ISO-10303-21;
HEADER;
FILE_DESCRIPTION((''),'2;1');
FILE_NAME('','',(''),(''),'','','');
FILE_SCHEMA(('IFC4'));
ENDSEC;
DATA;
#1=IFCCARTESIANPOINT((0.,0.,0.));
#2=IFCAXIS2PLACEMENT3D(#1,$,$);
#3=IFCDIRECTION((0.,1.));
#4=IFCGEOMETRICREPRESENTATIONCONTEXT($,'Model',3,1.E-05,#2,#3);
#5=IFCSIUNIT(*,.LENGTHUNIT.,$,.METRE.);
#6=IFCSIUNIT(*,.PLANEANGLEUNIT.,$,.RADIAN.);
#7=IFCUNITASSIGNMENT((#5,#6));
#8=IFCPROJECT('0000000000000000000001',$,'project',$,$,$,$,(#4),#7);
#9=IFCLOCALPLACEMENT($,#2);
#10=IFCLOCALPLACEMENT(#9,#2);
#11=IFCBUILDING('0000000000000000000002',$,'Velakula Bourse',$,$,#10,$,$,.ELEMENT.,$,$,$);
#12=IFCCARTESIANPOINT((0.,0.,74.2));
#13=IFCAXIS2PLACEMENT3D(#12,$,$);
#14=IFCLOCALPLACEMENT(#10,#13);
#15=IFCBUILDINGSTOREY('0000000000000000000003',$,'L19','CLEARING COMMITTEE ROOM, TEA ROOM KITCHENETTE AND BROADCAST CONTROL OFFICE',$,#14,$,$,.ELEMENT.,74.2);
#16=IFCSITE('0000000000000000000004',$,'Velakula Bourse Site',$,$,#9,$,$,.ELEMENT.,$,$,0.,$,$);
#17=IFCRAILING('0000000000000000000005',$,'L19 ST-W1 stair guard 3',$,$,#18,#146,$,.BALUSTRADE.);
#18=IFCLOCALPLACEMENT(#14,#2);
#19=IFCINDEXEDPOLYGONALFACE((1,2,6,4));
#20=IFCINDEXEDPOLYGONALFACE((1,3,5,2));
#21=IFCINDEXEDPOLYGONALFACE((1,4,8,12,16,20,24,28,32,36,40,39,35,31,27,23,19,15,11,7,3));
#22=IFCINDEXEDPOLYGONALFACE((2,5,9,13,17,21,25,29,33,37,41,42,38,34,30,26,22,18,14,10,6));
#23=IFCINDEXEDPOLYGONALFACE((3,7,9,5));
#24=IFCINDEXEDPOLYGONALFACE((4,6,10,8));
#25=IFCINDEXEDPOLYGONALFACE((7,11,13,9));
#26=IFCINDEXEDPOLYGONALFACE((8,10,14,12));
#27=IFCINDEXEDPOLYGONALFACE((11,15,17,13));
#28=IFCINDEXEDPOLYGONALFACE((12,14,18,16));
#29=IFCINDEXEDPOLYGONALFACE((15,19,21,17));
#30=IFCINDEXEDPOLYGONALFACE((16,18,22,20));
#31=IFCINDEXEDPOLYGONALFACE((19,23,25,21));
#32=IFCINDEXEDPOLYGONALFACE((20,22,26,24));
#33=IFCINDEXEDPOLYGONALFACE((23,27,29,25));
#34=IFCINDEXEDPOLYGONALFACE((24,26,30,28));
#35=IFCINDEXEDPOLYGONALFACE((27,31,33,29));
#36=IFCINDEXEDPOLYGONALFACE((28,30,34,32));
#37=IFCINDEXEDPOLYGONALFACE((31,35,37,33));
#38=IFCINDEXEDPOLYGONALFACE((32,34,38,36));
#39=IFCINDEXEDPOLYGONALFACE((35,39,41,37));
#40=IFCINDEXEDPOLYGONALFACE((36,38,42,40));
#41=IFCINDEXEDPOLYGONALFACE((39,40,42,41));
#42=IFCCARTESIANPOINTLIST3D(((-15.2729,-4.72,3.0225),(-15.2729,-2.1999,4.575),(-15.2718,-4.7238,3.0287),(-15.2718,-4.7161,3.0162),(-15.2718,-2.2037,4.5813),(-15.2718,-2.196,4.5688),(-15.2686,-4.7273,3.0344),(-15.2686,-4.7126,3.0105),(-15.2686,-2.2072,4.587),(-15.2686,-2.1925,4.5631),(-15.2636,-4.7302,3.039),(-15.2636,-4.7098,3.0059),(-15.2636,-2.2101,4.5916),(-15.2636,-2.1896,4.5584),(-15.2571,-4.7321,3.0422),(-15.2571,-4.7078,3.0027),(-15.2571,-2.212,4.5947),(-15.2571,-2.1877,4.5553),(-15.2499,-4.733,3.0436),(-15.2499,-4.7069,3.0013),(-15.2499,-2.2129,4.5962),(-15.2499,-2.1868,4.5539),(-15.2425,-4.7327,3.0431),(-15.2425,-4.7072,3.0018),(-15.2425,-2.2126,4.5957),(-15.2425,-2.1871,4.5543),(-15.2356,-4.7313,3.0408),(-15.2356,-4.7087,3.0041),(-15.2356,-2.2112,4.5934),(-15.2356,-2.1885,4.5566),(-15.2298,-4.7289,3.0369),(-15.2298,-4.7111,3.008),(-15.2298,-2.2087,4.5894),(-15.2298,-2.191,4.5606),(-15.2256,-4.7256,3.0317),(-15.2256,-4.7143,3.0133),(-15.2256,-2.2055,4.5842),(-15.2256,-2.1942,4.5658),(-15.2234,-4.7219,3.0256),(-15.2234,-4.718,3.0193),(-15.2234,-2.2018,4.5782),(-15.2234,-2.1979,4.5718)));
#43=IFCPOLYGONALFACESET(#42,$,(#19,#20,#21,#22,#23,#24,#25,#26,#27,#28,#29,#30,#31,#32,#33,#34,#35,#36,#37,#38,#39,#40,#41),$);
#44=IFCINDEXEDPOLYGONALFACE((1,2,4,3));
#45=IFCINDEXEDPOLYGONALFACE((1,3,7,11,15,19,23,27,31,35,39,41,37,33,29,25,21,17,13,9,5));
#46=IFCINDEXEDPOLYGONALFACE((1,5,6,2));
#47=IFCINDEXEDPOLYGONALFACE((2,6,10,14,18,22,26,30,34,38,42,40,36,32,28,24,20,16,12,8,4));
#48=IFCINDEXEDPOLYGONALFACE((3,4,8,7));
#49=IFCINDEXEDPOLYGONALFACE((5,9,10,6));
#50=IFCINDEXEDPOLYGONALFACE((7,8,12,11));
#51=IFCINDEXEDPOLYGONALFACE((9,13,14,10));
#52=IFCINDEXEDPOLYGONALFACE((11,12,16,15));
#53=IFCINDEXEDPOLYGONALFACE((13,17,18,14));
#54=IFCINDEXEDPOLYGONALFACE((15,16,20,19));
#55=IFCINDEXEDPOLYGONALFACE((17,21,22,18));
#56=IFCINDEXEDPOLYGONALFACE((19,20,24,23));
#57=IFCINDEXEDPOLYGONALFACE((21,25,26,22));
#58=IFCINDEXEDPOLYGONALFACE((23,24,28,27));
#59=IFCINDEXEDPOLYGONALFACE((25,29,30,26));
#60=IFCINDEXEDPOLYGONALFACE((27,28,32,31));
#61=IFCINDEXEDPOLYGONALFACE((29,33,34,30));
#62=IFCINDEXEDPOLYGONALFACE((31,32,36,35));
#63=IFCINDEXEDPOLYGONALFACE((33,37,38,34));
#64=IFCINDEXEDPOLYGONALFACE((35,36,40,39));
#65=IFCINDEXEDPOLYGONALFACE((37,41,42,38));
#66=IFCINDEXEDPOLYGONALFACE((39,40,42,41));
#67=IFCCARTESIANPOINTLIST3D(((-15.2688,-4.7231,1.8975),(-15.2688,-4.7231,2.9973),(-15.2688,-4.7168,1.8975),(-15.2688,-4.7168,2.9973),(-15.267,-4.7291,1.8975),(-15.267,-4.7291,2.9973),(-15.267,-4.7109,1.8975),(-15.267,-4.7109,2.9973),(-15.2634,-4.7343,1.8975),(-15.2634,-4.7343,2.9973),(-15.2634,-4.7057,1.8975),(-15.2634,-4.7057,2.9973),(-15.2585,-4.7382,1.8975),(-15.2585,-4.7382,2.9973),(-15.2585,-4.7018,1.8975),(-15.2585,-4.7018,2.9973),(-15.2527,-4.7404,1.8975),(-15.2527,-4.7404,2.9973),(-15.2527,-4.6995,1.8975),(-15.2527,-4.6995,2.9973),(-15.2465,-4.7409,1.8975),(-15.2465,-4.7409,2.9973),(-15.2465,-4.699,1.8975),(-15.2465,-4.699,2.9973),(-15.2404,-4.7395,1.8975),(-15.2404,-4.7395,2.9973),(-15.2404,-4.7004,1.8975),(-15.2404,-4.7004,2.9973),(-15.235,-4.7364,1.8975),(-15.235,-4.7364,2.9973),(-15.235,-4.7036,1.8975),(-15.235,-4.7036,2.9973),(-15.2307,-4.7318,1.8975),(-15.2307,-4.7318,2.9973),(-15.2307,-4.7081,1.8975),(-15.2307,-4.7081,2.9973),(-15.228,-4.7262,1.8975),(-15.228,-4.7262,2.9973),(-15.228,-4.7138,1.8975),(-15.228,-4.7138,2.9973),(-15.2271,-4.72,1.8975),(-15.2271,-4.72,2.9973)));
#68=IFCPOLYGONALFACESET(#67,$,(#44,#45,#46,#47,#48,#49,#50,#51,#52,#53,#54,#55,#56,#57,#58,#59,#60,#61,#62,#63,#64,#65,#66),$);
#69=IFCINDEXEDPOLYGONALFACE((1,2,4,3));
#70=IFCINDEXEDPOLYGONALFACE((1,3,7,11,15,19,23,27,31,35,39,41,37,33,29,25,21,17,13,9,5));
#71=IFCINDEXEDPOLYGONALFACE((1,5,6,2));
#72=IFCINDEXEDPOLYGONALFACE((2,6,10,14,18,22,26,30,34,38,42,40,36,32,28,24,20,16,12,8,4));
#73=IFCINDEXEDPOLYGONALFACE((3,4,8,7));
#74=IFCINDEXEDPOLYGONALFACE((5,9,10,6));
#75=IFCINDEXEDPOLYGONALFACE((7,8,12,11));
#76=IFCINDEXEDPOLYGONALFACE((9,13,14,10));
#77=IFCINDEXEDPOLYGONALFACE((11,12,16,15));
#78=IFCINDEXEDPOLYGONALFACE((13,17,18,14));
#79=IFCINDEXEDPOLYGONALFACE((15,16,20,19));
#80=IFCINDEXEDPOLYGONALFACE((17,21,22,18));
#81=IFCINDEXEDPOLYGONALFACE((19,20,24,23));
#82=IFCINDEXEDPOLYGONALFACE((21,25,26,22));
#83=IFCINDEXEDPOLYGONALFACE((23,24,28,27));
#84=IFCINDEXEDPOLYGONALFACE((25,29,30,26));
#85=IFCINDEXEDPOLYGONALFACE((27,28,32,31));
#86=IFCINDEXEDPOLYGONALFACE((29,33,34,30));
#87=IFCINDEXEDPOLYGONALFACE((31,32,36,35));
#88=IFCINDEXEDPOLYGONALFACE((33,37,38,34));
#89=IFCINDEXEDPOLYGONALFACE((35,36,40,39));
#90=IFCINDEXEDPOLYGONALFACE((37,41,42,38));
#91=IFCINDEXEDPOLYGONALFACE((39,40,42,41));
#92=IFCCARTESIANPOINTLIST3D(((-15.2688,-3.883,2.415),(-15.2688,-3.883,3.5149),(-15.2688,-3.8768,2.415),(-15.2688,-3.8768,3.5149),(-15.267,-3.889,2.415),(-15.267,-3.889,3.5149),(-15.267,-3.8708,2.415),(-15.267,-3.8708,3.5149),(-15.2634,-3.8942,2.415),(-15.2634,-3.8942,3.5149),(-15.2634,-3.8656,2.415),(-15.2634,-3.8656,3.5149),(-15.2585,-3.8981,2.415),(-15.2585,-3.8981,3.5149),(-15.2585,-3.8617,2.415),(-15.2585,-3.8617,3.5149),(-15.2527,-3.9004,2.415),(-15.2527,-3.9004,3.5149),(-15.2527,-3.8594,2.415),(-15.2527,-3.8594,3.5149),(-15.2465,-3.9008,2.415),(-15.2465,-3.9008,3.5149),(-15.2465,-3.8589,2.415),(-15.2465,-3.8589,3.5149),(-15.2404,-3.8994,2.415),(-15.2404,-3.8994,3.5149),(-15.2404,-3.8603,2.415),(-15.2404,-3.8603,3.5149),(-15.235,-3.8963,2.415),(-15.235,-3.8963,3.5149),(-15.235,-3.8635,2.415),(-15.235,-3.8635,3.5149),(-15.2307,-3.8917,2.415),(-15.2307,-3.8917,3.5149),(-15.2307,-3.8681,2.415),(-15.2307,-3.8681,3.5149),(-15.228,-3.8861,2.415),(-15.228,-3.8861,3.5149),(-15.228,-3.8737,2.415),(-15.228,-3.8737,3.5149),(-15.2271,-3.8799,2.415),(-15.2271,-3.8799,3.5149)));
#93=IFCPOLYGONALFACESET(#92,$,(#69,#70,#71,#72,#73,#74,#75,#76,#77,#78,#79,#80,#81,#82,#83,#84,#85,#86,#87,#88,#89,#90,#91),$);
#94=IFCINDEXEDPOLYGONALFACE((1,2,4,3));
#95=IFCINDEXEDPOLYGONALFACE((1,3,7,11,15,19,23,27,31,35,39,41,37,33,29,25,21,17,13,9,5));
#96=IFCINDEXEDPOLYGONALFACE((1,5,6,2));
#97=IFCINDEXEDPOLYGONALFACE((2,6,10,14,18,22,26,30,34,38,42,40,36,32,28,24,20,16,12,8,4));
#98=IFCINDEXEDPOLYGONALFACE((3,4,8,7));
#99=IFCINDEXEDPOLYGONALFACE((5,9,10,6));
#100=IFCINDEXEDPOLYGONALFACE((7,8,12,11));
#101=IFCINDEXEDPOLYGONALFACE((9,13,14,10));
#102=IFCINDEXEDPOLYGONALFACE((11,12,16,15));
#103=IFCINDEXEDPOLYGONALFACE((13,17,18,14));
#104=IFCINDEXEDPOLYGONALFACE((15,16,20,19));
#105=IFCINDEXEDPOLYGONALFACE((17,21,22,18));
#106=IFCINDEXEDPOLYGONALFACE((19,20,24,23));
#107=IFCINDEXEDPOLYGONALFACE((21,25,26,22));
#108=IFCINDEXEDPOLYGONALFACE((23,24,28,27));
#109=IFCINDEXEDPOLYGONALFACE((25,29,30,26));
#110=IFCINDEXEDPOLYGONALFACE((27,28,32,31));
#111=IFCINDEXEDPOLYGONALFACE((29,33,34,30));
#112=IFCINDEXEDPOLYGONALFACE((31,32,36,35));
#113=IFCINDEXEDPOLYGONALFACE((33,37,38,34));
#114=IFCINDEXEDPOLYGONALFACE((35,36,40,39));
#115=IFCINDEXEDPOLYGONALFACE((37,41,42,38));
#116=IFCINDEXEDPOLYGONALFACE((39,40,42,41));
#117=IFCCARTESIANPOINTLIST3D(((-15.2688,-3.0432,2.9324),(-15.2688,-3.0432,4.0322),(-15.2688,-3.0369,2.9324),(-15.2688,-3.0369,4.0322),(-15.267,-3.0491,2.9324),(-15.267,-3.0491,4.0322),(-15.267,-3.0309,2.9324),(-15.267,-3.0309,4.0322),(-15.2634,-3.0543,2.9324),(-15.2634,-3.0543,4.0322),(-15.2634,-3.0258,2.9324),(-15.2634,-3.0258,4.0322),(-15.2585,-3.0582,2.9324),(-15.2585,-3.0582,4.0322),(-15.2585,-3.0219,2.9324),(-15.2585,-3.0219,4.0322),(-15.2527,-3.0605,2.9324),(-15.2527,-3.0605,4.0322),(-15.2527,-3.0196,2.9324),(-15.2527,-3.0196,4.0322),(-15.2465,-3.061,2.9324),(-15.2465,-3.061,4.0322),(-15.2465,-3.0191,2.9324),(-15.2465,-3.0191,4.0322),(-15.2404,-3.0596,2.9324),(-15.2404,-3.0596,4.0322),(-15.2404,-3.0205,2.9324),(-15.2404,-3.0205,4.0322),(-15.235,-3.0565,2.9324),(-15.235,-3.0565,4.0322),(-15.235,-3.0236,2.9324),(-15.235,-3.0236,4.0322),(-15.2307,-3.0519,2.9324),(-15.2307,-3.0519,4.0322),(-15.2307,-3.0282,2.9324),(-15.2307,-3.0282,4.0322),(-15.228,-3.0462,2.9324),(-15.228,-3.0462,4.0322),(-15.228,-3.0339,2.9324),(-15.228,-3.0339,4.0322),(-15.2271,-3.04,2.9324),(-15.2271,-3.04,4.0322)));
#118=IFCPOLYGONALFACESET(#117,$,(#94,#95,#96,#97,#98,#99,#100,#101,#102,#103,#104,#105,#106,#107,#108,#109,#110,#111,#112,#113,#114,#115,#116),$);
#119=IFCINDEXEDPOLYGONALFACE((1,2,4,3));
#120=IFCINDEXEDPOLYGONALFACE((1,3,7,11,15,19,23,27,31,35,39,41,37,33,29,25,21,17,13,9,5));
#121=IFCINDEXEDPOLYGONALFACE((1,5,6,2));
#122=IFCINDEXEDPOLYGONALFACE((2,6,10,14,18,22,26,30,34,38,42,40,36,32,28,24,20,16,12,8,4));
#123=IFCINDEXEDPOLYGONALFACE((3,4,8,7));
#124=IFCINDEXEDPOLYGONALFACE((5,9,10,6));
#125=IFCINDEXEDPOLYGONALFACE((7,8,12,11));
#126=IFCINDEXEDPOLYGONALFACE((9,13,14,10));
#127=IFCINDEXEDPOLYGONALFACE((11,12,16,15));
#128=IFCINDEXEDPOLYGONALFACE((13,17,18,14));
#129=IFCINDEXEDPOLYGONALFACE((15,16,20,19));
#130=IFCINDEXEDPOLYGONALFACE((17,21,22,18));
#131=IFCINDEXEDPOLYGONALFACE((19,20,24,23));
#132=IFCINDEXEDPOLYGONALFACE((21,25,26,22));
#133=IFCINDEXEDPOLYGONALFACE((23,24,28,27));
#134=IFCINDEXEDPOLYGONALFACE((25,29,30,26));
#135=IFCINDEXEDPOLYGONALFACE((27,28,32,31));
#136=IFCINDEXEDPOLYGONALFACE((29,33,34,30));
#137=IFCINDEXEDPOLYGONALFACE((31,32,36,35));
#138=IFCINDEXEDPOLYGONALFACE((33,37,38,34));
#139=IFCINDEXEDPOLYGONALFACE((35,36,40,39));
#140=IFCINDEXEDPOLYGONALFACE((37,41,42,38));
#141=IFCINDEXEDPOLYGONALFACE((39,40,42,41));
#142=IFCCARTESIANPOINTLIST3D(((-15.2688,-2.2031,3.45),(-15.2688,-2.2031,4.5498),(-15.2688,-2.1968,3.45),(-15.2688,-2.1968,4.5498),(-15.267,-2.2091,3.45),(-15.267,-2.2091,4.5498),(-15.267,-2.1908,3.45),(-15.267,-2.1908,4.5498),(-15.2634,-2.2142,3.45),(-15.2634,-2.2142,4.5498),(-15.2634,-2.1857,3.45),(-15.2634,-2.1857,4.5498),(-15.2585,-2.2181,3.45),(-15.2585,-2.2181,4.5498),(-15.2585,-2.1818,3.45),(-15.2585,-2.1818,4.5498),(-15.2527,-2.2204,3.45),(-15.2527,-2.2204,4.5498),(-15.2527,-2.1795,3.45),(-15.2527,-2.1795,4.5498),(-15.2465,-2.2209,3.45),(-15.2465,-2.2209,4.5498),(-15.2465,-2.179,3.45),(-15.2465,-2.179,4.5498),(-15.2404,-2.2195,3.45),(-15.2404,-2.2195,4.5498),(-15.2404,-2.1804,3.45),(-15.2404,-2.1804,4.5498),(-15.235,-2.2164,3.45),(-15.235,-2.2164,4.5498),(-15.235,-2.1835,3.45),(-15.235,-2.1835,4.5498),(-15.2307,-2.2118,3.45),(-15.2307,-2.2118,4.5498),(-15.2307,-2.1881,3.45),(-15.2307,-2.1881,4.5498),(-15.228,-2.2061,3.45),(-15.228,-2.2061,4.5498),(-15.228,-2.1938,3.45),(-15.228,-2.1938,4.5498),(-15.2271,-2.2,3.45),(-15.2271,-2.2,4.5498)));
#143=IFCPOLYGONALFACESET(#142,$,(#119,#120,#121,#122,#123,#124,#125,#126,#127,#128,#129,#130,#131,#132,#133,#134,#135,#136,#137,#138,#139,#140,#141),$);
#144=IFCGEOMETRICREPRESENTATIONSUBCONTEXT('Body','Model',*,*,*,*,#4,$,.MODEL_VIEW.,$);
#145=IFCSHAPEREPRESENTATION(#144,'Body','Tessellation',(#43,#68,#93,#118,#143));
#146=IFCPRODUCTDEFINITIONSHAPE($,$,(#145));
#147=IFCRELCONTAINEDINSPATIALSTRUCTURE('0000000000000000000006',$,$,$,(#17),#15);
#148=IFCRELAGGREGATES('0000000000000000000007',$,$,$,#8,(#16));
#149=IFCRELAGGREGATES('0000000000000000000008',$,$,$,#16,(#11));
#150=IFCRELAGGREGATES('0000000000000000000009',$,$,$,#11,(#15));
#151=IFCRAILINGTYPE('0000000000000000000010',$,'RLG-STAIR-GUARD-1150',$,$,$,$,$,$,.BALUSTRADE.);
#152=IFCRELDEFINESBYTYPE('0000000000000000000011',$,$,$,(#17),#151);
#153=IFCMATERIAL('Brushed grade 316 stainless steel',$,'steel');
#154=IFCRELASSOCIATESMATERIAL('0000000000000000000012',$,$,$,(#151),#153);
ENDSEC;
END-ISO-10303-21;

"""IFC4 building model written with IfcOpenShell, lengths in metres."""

from ifc_helpers import new_model, si_unit, direction, frame, origin, origin_2d, place, context, subcontext, project, spatial, circle, extrude, material, type_object, element, save


model = new_model("IFC4")

# Units and contexts
model_context = context("Model", 3, precision=1e-05, world=origin(), true_north=direction((0.0, 1.0)))
body_context = subcontext(model_context, "Body", "Model", "MODEL_VIEW")
ifc_project = project(units=[si_unit("LENGTHUNIT", "METRE"), si_unit("PLANEANGLEUNIT", "RADIAN")], contexts=[model_context])

# Site, building, storey
site_placement = place(None, origin())
site = spatial("IfcSite", under=ifc_project, at=site_placement, Name="Velakula Bourse Site", CompositionType="ELEMENT", RefElevation=0.0)
building_placement = place(site_placement, origin())
building = spatial("IfcBuilding", under=site, at=building_placement, Name="Velakula Bourse", CompositionType="ELEMENT")
storey_placement = place(building_placement, frame((0.0, 0.0, 74.2)))
storey = spatial("IfcBuildingStorey", under=building, at=storey_placement, Name="L19", Description="CLEARING COMMITTEE ROOM, TEA ROOM KITCHENETTE AND BROADCAST CONTROL OFFICE", CompositionType="ELEMENT", Elevation=74.2)

# Shared definitions
ifc_material_1 = material(Name="Brushed grade 316 stainless steel", Category="steel")

# Railing
railing_type_1 = type_object("IfcRailingType", Name="RLG-STAIR-GUARD-1150", PredefinedType="BALUSTRADE", material=ifc_material_1)
railing_1_placement = place(storey_placement, frame((-15.248, -4.72, 1.8975)))
element("IfcRailing", 1, at=railing_1_placement, inside=storey, type_object=railing_type_1, Name="L19 ST-W1 stair guard 3", PredefinedType="BALUSTRADE", context=body_context, shape_type="SweptSolid", body=[
    extrude(circle(Radius=0.0249, at=origin_2d()), frame((0.0, 0.0, 1.125), z_axis=(0.0, 0.8514, 0.524516), x_axis=(-1.0, 0.0, 0.0)), (0.0, 0.0, 1.0), 2.96),
    extrude(circle(Radius=0.021, at=origin_2d()), origin(), (0.0, 0.0, 1.0), 1.0999),
    extrude(circle(Radius=0.021, at=origin_2d()), frame((0.0, 0.8401, 0.5176)), (0.0, 0.0, 1.0), 1.0999),
    extrude(circle(Radius=0.021, at=origin_2d()), frame((0.0, 1.6799, 1.0349)), (0.0, 0.0, 1.0), 1.0999),
    extrude(circle(Radius=0.021, at=origin_2d()), frame((0.0, 2.52, 1.5525)), (0.0, 0.0, 1.0), 1.0999),
])

save(model, "model.ifc")
